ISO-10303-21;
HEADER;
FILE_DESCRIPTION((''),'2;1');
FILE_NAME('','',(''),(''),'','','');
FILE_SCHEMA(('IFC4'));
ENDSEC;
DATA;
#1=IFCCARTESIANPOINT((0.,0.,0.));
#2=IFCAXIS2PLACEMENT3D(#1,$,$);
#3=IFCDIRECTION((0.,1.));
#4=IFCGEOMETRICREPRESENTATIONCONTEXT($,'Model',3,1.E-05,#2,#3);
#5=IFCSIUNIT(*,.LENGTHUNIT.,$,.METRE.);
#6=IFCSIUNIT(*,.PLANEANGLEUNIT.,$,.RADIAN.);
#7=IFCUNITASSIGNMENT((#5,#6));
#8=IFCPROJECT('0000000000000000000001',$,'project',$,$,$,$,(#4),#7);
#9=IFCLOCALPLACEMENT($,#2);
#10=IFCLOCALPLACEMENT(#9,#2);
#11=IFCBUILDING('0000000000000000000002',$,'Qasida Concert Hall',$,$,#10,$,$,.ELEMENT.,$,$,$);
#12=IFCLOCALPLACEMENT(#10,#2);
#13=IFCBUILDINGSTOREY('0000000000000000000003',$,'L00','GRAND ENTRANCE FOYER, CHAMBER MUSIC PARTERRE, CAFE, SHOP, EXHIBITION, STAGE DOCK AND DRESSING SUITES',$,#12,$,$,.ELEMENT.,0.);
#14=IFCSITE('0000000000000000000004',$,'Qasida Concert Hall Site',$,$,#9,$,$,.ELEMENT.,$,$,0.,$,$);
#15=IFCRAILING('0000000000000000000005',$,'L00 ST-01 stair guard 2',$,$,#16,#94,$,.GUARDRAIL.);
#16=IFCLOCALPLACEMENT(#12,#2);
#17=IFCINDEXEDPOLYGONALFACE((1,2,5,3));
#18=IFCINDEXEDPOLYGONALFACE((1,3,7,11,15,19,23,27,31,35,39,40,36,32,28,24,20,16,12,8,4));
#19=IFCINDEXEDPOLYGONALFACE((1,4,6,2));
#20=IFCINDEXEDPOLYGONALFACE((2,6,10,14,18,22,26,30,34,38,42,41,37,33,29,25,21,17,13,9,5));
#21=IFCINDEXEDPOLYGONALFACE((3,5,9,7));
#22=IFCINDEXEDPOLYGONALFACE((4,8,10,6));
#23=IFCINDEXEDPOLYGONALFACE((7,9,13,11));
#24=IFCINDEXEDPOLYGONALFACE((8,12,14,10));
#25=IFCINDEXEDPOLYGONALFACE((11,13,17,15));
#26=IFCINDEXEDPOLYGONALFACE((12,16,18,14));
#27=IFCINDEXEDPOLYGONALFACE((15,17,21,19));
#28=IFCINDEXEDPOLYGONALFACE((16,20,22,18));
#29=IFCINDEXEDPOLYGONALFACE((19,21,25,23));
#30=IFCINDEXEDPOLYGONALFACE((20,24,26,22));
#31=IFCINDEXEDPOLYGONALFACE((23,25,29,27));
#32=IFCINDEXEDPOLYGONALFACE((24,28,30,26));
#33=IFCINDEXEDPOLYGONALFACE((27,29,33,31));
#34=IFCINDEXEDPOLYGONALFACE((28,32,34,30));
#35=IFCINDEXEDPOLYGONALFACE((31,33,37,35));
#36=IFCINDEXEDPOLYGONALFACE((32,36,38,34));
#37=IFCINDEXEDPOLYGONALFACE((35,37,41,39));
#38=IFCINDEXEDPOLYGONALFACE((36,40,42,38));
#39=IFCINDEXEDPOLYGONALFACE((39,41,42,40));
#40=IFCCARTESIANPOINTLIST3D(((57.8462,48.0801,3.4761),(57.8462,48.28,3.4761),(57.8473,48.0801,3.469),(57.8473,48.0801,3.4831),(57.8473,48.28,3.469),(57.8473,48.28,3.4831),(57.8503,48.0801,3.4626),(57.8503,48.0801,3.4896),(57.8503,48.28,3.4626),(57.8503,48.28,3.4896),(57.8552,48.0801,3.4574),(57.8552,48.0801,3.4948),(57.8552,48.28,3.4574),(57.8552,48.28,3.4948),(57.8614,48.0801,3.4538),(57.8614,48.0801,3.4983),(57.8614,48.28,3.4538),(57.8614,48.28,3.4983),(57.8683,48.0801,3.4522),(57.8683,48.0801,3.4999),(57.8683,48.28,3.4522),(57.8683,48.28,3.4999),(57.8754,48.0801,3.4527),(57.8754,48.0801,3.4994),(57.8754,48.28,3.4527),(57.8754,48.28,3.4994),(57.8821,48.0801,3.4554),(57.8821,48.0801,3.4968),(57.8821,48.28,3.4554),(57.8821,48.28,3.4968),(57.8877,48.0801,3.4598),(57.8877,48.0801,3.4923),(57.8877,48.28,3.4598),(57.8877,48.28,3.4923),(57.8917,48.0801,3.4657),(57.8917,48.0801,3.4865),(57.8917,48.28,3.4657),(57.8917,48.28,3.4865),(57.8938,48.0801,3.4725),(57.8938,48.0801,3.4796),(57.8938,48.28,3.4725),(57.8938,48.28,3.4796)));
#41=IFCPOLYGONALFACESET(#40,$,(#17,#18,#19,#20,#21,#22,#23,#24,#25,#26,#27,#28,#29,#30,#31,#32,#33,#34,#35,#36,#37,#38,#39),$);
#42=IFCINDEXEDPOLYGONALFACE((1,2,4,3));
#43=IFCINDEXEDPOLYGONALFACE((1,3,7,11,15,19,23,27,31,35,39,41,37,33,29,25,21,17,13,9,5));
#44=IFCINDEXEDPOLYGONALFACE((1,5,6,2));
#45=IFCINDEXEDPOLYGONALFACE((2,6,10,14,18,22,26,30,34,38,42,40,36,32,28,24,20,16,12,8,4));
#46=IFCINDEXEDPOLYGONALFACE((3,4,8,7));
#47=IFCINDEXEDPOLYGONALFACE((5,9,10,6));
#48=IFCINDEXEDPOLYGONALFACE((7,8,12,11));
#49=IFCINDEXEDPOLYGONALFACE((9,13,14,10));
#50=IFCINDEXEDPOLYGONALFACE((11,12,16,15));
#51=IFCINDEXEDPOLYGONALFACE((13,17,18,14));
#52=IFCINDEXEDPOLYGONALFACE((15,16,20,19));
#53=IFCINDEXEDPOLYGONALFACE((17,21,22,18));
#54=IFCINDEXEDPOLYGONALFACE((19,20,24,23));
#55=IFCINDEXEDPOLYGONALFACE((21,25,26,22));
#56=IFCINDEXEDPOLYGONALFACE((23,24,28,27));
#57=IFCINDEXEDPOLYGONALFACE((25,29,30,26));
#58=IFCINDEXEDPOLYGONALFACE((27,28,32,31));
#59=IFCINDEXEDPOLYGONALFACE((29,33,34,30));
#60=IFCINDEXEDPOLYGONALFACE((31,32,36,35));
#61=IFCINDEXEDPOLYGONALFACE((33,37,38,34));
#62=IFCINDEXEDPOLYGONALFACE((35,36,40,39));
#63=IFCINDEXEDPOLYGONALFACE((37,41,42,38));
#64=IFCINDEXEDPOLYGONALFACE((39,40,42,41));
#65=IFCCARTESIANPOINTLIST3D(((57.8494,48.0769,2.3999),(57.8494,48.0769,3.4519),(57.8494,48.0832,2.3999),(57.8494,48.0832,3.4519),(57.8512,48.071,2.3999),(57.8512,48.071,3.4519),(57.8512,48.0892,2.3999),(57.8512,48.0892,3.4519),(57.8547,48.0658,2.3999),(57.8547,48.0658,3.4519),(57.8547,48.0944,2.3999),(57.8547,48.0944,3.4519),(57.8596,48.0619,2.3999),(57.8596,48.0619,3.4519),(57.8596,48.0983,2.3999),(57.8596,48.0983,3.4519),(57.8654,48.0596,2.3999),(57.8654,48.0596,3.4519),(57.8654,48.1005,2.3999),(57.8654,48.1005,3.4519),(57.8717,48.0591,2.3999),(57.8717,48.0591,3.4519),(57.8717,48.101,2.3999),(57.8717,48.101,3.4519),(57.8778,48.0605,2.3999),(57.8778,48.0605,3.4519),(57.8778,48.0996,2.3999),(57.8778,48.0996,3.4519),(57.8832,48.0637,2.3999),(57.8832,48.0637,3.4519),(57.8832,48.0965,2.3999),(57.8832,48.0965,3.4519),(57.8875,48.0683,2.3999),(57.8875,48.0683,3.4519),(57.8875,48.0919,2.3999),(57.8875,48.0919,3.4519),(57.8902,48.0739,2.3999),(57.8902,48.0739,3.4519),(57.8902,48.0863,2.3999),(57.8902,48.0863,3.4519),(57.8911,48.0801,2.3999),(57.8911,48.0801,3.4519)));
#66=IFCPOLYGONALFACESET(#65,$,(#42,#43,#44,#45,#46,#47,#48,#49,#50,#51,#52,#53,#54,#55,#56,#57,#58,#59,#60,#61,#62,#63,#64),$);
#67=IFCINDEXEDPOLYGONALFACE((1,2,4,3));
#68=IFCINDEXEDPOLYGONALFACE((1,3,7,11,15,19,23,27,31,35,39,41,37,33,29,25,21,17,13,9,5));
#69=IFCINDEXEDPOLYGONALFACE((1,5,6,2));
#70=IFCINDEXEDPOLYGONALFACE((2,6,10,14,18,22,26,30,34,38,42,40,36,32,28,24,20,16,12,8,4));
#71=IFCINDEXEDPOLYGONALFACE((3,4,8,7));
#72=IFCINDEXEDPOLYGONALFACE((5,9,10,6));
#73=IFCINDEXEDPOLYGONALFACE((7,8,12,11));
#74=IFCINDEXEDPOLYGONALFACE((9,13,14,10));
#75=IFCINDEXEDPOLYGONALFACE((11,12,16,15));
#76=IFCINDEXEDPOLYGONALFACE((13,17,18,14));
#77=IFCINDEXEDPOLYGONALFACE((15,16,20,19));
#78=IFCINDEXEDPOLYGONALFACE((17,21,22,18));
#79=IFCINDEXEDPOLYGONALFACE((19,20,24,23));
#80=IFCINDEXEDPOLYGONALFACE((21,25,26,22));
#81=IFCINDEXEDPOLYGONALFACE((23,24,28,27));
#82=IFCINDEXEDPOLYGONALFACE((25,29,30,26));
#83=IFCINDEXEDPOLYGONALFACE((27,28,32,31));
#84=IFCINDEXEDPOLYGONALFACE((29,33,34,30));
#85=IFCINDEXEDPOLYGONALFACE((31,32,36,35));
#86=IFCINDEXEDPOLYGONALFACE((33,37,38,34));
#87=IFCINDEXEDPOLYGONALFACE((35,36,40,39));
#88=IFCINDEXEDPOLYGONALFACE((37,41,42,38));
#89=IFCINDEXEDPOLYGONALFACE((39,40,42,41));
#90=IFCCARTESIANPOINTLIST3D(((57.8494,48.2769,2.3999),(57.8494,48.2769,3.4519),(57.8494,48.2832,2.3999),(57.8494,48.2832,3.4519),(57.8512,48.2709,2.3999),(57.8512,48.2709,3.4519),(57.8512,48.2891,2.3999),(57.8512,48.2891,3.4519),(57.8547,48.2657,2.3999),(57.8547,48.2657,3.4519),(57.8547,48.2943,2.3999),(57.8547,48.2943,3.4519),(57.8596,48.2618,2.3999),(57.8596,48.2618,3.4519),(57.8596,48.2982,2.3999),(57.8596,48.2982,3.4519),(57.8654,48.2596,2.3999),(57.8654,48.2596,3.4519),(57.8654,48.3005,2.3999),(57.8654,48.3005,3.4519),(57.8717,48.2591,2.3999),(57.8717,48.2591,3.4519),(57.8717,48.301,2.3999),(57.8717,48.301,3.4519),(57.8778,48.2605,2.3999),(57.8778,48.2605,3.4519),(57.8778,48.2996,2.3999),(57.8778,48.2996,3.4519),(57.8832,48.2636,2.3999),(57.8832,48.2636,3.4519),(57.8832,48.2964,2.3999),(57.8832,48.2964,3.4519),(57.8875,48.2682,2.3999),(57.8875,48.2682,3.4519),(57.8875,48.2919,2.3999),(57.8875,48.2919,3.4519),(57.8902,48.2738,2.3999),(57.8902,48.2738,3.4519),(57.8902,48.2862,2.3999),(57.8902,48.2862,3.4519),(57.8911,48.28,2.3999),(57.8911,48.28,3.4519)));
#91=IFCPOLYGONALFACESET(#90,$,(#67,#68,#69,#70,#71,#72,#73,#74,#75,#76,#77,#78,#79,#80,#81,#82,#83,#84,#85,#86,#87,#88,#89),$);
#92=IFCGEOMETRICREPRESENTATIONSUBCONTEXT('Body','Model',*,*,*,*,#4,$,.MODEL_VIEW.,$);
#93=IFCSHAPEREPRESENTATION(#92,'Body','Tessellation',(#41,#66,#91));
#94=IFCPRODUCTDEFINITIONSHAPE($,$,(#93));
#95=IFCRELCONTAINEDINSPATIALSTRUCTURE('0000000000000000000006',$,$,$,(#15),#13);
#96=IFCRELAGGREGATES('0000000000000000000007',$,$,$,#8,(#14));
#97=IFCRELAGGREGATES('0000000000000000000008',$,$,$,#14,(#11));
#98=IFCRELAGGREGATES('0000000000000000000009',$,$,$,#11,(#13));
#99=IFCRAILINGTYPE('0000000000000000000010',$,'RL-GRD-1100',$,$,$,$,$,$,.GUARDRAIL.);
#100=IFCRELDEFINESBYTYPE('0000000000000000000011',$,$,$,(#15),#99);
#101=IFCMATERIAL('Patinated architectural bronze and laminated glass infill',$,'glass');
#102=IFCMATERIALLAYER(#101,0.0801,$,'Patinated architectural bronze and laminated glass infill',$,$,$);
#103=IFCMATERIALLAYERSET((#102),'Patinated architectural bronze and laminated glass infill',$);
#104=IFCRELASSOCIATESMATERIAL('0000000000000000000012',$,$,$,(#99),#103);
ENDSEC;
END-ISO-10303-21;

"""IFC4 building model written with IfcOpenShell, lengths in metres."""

from ifc_helpers import new_model, si_unit, direction, frame, origin, origin_2d, place, context, subcontext, project, spatial, circle, extrude, material, layer, layer_set, type_object, element, save


model = new_model("IFC4")

# Units and contexts
model_context = context("Model", 3, precision=1e-05, world=origin(), true_north=direction((0.0, 1.0)))
body_context = subcontext(model_context, "Body", "Model", "MODEL_VIEW")
ifc_project = project(units=[si_unit("LENGTHUNIT", "METRE"), si_unit("PLANEANGLEUNIT", "RADIAN")], contexts=[model_context])

# Site, building, storey
site_placement = place(None, origin())
site = spatial("IfcSite", under=ifc_project, at=site_placement, Name="Qasida Concert Hall Site", CompositionType="ELEMENT", RefElevation=0.0)
building_placement = place(site_placement, origin())
building = spatial("IfcBuilding", under=site, at=building_placement, Name="Qasida Concert Hall", CompositionType="ELEMENT")
storey_placement = place(building_placement, origin())
storey = spatial("IfcBuildingStorey", under=building, at=storey_placement, Name="L00", Description="GRAND ENTRANCE FOYER, CHAMBER MUSIC PARTERRE, CAFE, SHOP, EXHIBITION, STAGE DOCK AND DRESSING SUITES", CompositionType="ELEMENT", Elevation=0.0)

# Railing
ifc_material_1 = material(Name="Patinated architectural bronze and laminated glass infill", Category="glass")
ifc_layer_1 = layer(ifc_material_1, 0.0801, Name="Patinated architectural bronze and laminated glass infill")
ifc_layer_set_1 = layer_set([ifc_layer_1], Name="Patinated architectural bronze and laminated glass infill")
railing_type_1 = type_object("IfcRailingType", Name="RL-GRD-1100", PredefinedType="GUARDRAIL", material=ifc_layer_set_1)
railing_1_placement = place(storey_placement, frame((57.8701, 48.0801, 2.3999)))
element("IfcRailing", 1, at=railing_1_placement, inside=storey, type_object=railing_type_1, Name="L00 ST-01 stair guard 2", PredefinedType="GUARDRAIL", context=body_context, shape_type="SweptSolid", body=[
    extrude(circle(Radius=0.0239, at=origin_2d()), frame((0.0, 0.0, 1.0762), z_axis=(0.0, 1.0, 0.0), x_axis=(-1.0, 0.0, 0.0)), (0.0, 0.0, 1.0), 0.2),
    extrude(circle(Radius=0.021, at=origin_2d()), origin(), (0.0, 0.0, 1.0), 1.052),
    extrude(circle(Radius=0.021, at=origin_2d()), frame((0.0, 0.2, 0.0)), (0.0, 0.0, 1.0), 1.052),
])

save(model, "model.ifc")
